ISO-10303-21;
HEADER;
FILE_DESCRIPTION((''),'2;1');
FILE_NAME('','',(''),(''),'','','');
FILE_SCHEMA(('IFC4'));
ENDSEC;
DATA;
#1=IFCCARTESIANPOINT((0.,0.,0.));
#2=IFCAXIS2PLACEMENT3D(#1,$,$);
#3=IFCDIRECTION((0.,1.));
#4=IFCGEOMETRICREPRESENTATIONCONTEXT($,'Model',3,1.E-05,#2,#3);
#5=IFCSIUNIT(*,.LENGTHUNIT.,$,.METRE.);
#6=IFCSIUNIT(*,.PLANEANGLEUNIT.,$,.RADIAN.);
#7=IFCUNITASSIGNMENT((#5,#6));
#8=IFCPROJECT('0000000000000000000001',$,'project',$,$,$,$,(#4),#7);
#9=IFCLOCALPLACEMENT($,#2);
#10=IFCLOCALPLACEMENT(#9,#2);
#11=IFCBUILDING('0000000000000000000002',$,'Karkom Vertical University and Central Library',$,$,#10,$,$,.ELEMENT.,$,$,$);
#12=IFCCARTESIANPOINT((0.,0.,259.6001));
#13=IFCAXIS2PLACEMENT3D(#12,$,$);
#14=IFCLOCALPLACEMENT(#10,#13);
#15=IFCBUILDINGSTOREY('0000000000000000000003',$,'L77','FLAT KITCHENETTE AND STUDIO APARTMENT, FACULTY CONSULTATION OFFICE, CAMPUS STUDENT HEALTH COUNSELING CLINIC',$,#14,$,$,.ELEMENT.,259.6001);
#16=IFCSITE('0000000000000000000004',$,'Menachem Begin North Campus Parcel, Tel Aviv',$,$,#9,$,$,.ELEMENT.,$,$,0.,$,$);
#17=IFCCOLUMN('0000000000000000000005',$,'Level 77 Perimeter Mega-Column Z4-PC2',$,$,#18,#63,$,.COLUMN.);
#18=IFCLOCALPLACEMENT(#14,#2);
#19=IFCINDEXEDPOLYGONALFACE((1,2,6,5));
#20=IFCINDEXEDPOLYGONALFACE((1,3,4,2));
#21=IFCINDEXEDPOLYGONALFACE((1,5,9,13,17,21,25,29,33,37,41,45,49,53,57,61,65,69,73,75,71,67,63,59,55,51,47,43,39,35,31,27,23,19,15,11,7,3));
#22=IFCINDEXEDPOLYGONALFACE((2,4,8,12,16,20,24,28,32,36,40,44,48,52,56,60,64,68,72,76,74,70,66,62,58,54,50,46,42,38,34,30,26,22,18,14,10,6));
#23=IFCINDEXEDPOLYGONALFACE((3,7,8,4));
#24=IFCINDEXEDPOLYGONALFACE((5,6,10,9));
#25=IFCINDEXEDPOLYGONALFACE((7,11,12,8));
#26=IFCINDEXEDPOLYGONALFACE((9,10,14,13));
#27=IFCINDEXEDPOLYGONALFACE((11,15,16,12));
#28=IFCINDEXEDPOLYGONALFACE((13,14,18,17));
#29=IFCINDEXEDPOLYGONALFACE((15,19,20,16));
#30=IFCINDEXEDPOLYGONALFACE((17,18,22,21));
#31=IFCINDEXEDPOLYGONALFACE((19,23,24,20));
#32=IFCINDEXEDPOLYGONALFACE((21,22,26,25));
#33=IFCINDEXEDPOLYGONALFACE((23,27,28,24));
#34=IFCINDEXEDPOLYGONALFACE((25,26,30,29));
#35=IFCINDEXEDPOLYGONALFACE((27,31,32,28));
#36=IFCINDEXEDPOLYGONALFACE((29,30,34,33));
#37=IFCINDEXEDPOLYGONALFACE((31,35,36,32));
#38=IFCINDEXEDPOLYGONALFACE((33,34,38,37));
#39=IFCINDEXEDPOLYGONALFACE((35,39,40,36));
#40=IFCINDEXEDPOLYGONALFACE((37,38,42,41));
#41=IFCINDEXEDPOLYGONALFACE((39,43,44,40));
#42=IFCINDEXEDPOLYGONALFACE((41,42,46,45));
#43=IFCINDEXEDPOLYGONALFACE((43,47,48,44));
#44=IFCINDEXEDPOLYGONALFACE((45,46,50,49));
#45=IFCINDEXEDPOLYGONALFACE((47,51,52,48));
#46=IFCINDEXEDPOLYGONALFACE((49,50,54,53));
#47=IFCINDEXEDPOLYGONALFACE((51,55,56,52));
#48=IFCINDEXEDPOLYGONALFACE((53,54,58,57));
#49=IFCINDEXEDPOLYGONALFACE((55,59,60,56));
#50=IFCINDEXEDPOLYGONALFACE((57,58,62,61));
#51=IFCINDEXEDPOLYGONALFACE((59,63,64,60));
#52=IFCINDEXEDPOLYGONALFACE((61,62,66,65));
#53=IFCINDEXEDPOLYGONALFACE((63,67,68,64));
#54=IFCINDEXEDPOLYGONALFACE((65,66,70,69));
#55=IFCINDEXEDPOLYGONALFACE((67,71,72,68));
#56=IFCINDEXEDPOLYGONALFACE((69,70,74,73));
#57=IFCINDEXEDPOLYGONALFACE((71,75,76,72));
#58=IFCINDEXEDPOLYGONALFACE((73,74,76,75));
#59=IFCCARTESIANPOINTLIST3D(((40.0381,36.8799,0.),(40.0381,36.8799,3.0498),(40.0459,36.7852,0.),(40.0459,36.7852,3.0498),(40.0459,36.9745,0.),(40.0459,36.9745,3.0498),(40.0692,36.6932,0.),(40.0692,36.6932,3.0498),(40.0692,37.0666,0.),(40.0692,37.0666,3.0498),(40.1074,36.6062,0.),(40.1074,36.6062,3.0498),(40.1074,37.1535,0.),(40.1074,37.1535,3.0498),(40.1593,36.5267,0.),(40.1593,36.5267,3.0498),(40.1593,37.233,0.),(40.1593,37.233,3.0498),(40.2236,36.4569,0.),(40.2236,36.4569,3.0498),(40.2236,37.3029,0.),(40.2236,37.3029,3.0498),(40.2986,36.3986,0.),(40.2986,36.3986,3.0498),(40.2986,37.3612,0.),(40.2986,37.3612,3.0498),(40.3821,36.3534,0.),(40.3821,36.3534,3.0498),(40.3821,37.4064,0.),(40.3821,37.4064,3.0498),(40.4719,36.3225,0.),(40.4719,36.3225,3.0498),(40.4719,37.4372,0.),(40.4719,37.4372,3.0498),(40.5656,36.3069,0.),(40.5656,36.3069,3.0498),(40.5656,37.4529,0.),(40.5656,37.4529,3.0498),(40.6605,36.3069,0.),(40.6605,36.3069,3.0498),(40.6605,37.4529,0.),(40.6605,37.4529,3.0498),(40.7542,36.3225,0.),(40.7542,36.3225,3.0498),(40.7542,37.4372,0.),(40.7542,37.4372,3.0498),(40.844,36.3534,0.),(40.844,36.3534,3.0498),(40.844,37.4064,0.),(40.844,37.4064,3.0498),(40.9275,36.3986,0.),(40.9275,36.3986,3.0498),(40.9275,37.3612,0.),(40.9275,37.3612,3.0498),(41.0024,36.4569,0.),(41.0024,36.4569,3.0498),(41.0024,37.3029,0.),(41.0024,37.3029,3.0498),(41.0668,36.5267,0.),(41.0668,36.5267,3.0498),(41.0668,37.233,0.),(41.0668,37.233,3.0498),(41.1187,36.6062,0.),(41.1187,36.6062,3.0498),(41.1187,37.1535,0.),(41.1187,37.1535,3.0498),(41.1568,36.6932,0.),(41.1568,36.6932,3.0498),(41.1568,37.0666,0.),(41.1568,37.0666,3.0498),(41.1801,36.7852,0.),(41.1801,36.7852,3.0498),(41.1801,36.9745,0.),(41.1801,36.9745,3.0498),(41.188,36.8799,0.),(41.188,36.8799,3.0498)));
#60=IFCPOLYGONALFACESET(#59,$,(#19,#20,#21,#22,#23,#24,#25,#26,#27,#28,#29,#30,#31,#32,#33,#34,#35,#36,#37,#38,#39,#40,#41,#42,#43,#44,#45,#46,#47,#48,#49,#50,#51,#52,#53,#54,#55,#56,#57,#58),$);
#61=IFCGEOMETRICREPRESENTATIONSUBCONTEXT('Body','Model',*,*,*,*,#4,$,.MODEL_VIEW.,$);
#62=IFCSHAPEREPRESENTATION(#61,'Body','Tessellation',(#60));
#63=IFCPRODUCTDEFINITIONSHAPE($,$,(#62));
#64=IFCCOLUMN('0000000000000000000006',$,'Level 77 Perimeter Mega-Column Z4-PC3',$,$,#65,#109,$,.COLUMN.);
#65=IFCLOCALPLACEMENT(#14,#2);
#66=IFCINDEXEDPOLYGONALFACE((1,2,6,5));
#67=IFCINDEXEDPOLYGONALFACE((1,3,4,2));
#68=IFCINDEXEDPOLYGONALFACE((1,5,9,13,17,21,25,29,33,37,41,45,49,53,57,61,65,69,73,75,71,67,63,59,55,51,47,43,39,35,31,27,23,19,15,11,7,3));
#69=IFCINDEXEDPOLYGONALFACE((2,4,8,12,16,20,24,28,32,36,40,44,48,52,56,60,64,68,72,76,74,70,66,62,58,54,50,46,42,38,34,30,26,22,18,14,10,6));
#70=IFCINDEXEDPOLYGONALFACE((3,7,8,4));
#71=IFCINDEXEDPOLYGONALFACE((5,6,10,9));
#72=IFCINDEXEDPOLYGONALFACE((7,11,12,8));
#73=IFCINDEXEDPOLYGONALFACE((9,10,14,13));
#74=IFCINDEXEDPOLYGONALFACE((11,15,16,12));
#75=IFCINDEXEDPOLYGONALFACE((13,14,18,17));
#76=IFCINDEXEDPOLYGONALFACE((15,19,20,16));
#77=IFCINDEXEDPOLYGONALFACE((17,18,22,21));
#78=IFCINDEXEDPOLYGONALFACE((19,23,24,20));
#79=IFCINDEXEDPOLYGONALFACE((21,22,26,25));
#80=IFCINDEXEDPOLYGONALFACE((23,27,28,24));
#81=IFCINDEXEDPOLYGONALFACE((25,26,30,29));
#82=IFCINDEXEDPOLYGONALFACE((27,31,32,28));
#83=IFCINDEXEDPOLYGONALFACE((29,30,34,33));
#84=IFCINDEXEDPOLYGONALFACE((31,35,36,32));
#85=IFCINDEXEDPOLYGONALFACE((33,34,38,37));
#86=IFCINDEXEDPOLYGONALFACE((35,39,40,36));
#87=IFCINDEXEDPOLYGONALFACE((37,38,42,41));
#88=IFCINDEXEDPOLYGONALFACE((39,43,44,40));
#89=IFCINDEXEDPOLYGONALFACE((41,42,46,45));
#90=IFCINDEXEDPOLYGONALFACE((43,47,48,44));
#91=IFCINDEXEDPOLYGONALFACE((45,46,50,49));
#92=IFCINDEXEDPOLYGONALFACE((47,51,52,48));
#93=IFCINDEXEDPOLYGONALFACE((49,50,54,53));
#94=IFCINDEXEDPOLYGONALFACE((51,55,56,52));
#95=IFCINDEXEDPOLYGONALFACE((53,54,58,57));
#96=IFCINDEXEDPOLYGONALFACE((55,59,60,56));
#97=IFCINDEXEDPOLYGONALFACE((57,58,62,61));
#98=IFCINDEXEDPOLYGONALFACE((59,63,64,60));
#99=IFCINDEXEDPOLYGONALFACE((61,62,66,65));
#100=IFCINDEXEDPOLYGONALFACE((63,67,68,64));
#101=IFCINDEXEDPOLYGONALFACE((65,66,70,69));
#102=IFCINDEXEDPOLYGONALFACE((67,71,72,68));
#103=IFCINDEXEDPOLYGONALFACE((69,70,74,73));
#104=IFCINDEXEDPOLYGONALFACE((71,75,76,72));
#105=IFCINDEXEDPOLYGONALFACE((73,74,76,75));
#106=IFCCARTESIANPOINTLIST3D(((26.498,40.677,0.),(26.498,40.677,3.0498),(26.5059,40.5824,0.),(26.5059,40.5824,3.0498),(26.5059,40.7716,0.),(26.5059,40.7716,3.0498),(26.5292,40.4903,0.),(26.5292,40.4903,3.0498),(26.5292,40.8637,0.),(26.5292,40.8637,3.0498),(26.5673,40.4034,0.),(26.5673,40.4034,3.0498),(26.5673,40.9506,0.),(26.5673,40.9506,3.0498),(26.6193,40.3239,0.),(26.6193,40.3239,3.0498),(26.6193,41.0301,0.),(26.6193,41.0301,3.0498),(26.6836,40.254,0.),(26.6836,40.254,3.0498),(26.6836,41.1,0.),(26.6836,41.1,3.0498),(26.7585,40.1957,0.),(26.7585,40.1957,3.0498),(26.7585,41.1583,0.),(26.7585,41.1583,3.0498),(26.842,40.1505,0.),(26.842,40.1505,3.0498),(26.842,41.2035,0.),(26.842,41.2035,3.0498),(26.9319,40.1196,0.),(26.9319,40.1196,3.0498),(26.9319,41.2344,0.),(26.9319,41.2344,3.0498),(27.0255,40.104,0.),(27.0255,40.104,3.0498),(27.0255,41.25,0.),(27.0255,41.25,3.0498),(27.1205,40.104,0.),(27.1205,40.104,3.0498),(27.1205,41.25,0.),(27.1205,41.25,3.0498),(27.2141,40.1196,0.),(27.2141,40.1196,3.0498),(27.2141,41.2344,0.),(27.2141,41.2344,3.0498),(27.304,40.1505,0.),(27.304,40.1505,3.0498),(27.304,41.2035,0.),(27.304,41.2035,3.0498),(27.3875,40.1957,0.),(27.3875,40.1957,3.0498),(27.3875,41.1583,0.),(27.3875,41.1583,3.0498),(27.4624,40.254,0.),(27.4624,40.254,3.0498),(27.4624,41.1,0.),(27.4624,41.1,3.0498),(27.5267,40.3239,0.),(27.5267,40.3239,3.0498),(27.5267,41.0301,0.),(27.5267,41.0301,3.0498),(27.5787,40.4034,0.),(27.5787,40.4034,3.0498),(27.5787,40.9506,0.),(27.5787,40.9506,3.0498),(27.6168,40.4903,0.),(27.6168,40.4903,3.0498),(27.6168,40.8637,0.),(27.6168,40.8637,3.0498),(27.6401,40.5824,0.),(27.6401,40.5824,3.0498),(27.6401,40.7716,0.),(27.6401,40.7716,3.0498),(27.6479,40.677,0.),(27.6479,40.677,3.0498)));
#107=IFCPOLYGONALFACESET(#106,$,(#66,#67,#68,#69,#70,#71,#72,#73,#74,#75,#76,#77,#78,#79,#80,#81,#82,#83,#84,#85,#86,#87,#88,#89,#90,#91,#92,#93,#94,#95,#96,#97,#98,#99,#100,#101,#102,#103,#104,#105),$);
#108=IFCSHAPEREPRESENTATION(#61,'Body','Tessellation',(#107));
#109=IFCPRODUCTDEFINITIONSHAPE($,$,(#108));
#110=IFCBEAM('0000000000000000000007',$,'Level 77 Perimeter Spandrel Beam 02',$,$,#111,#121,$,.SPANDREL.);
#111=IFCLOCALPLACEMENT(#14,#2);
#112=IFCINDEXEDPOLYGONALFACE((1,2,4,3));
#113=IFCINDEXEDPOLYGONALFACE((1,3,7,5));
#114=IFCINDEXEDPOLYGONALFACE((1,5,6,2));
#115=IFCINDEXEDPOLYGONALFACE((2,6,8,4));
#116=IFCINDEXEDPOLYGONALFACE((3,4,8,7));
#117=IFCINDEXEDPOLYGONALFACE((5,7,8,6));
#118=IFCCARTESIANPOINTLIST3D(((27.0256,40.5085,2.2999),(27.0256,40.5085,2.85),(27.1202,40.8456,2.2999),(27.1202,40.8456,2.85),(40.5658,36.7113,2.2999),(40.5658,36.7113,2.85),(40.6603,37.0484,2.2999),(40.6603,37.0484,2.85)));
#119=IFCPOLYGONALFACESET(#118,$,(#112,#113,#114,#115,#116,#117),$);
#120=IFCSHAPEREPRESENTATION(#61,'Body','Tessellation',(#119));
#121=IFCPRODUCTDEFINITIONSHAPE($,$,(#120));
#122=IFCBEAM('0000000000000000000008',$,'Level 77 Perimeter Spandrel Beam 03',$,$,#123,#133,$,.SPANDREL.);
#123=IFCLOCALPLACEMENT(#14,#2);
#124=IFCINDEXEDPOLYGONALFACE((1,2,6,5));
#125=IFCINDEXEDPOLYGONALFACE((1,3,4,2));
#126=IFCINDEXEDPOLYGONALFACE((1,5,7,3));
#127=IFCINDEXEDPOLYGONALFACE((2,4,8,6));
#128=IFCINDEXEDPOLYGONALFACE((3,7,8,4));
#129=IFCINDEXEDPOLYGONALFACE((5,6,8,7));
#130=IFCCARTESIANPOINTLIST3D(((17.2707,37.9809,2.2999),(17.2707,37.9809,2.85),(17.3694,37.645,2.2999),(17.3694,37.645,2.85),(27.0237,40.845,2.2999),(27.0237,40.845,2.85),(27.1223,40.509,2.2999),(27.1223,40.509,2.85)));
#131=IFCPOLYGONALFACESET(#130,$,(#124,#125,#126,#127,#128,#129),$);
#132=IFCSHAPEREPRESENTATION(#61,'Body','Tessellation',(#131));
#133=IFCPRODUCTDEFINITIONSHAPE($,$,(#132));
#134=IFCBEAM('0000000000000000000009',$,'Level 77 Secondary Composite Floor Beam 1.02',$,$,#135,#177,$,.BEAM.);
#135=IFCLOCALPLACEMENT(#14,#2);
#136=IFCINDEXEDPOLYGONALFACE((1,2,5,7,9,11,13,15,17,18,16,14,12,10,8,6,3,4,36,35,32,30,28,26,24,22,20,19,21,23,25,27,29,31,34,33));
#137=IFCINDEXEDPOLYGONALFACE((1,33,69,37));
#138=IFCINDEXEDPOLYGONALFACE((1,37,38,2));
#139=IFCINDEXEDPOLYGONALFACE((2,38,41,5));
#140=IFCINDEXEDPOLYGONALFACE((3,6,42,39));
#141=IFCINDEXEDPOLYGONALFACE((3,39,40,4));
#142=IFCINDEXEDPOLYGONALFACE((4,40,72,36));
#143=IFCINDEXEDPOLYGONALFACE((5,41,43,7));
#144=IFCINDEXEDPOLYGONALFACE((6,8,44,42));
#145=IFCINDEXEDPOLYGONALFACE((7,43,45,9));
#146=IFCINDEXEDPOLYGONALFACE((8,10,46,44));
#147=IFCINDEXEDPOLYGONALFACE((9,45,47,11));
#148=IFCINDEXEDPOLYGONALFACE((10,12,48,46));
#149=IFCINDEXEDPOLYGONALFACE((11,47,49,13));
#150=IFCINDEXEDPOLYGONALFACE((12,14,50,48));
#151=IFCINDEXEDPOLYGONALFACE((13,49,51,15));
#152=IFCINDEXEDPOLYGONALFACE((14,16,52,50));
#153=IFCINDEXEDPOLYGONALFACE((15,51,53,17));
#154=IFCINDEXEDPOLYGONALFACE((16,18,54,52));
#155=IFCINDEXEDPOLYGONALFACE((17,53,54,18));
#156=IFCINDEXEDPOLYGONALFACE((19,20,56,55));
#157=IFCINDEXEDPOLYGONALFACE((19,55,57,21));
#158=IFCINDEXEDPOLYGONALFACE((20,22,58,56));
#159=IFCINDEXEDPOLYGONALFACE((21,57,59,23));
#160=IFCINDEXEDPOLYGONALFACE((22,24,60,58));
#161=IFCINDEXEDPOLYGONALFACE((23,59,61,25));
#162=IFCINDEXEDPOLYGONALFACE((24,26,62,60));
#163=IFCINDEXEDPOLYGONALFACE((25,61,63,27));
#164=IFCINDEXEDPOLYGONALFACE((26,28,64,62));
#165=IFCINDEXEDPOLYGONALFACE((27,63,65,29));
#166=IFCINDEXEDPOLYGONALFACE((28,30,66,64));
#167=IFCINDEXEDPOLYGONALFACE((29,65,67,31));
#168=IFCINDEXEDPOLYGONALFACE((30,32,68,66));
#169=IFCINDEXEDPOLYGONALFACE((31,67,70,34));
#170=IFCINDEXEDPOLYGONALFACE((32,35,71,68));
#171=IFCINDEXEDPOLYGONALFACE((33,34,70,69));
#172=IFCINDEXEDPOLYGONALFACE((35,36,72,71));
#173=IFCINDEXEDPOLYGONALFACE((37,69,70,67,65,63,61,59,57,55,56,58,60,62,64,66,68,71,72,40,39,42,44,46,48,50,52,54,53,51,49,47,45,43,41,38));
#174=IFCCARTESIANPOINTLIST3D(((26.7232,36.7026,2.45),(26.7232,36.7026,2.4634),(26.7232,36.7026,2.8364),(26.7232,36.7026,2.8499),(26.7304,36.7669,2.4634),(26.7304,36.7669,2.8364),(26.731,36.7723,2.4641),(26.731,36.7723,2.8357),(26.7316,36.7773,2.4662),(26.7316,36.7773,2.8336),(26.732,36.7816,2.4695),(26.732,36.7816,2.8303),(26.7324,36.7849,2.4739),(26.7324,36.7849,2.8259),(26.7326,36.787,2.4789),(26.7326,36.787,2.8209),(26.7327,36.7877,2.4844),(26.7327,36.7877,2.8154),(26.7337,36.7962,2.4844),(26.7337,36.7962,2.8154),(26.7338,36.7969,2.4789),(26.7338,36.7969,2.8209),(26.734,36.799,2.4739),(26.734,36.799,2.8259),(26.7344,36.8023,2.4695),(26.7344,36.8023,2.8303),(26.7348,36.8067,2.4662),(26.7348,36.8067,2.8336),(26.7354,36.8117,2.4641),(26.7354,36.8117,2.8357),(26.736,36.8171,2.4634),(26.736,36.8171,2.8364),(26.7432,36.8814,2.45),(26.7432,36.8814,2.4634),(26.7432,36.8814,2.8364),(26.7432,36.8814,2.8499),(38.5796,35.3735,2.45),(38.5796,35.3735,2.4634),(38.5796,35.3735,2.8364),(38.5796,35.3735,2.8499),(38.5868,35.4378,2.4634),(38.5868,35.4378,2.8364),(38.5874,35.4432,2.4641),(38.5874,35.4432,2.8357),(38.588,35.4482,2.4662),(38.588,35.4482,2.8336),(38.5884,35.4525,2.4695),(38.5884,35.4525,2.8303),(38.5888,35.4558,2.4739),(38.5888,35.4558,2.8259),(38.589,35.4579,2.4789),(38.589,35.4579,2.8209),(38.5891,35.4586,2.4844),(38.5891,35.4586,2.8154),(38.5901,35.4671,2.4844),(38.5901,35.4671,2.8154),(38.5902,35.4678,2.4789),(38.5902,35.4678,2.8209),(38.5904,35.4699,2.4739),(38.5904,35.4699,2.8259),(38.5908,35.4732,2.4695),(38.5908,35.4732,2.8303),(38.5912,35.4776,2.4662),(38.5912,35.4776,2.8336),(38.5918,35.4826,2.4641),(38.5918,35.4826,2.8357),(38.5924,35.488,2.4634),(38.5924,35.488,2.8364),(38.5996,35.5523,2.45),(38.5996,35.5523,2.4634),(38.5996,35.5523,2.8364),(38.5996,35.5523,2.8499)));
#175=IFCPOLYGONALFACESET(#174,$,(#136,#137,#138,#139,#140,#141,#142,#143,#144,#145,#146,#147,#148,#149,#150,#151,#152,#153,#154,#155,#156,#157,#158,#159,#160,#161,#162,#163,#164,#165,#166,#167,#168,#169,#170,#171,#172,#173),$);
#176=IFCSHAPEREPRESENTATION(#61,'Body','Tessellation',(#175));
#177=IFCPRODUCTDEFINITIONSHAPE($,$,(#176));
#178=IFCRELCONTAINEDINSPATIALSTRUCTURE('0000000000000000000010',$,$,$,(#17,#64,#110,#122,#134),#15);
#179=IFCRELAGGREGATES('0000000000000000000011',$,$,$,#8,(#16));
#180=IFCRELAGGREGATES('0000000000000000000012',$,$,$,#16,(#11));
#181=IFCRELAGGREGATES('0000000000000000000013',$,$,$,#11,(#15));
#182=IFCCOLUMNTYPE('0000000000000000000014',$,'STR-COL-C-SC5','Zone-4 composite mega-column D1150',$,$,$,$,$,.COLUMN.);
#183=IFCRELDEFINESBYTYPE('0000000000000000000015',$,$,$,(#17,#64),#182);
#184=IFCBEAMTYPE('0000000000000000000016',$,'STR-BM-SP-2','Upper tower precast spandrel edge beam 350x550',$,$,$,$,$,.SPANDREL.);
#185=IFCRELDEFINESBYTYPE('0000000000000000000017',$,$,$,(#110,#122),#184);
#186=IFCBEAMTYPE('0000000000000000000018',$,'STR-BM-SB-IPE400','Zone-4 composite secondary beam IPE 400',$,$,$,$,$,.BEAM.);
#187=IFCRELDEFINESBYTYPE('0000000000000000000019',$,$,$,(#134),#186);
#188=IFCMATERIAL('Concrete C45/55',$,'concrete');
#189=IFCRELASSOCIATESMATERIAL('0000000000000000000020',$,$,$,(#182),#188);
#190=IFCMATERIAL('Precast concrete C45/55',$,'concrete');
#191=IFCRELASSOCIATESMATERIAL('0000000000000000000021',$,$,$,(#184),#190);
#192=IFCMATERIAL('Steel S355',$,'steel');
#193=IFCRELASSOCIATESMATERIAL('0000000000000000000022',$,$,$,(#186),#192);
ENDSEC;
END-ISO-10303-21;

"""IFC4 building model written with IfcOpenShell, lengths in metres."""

from ifc_helpers import new_model, si_unit, direction, frame, origin, origin_with_axes, origin_2d, place, context, subcontext, project, spatial, rectangle, circle, i_section, extrude, source, transform, mapped, material, material_profile, profile_set, type_object, element, save


model = new_model("IFC4")

# Units and contexts
model_context = context("Model", 3, precision=1e-05, world=origin(), true_north=direction((0.0, 1.0)))
body_context = subcontext(model_context, "Body", "Model", "MODEL_VIEW")
ifc_project = project(units=[si_unit("LENGTHUNIT", "METRE"), si_unit("PLANEANGLEUNIT", "RADIAN")], contexts=[model_context])

# Site, building, storey
site_placement = place(None, origin())
site = spatial("IfcSite", under=ifc_project, at=site_placement, Name="Menachem Begin North Campus Parcel, Tel Aviv", CompositionType="ELEMENT", RefElevation=0.0)
building_placement = place(site_placement, origin())
building = spatial("IfcBuilding", under=site, at=building_placement, Name="Karkom Vertical University and Central Library", CompositionType="ELEMENT")
storey_placement = place(building_placement, frame((0.0, 0.0, 259.6001)))
storey = spatial("IfcBuildingStorey", under=building, at=storey_placement, Name="L77", Description="FLAT KITCHENETTE AND STUDIO APARTMENT, FACULTY CONSULTATION OFFICE, CAMPUS STUDENT HEALTH COUNSELING CLINIC", CompositionType="ELEMENT", Elevation=259.6001)

# Columns
ifc_material_1 = material(Name="Concrete C45/55", Category="concrete")
ifc_material_profile_1 = material_profile(ifc_material_1, circle(Radius=0.575, at=origin_2d()), Name="CFT-D1150")
ifc_profile_set_1 = profile_set([ifc_material_profile_1], Name="Concrete C45/55")
column_type = type_object("IfcColumnType", Name="STR-COL-C-SC5", Description="Zone-4 composite mega-column D1150", PredefinedType="COLUMN", material=ifc_profile_set_1)
shared_shape_1 = source(origin_with_axes(), body_context, "Body", "SweptSolid", [
    extrude(circle(Radius=0.575, at=origin_2d()), origin(), (0.0, 0.0, 1.0), 3.0498),
])
for number, where, z_axis, x_axis, name in (
    (1, (40.613, 36.8799, 0.0), (0.0, 0.0, 1.0), (1.0, 0.0, 0.0), "Level 77 Perimeter Mega-Column Z4-PC2"),
    (2, (27.073, 40.677, 0.0), (0.0, 0.0, 1.0), (1.0, 0.0, 0.0), "Level 77 Perimeter Mega-Column Z4-PC3"),
):
    element("IfcColumn", number, at=place(storey_placement, frame(where, z_axis=z_axis, x_axis=x_axis)), inside=storey, type_object=column_type, Name=name, PredefinedType="COLUMN", context=body_context, shape_type="MappedRepresentation", body=[
        mapped(shared_shape_1, transform((0.0, 0.0, 0.0), scale=1.0)),
    ])

# Beams
ifc_material_2 = material(Name="Precast concrete C45/55", Category="concrete")
ifc_material_profile_2 = material_profile(ifc_material_2, rectangle(XDim=0.3501, YDim=0.55, at=origin_2d()), Name="SPB-350x550")
ifc_profile_set_2 = profile_set([ifc_material_profile_2], Name="Precast concrete C45/55")
beam_type_1 = type_object("IfcBeamType", Name="STR-BM-SP-2", Description="Upper tower precast spandrel edge beam 350x550", PredefinedType="SPANDREL", material=ifc_profile_set_2)
shared_shape_2 = source(origin_with_axes(), body_context, "Body", "SweptSolid", [
    extrude(rectangle(XDim=0.3501, YDim=0.55, at=origin_2d()), origin(), (0.0, 0.0, 1.0), 14.0625),
])
beam_1_placement = place(storey_placement, frame((40.613, 36.8799, 2.575), z_axis=(-0.962855, 0.27002, 0.0), x_axis=(-0.27002, -0.962855, 0.0)))
element("IfcBeam", 3, at=beam_1_placement, inside=storey, type_object=beam_type_1, Name="Level 77 Perimeter Spandrel Beam 02", PredefinedType="SPANDREL", context=body_context, shape_type="MappedRepresentation", body=[
    mapped(shared_shape_2, transform((0.0, 0.0, 0.0), scale=1.0)),
])
shared_shape_3 = source(origin_with_axes(), body_context, "Body", "SweptSolid", [
    extrude(rectangle(XDim=0.3501, YDim=0.55, at=origin_2d()), origin(), (0.0, 0.0, 1.0), 10.1648),
])
beam_2_placement = place(storey_placement, frame((27.073, 40.677, 2.575), z_axis=(-0.959485, -0.281759, 0.0), x_axis=(0.281759, -0.959485, 0.0)))
element("IfcBeam", 4, at=beam_2_placement, inside=storey, type_object=beam_type_1, Name="Level 77 Perimeter Spandrel Beam 03", PredefinedType="SPANDREL", context=body_context, shape_type="MappedRepresentation", body=[
    mapped(shared_shape_3, transform((0.0, 0.0, 0.0), scale=1.0)),
])
ifc_material_3 = material(Name="Steel S355", Category="steel")
ifc_material_profile_3 = material_profile(ifc_material_3, i_section(OverallWidth=0.1799, OverallDepth=0.3999, WebThickness=0.0085, FlangeThickness=0.0134, FilletRadius=0.021, at=origin_2d()), Name="IPE 400")
ifc_profile_set_3 = profile_set([ifc_material_profile_3], Name="Steel S355")
beam_type_2 = type_object("IfcBeamType", Name="STR-BM-SB-IPE400", Description="Zone-4 composite secondary beam IPE 400", PredefinedType="BEAM", material=ifc_profile_set_3)
shared_shape_4 = source(origin_with_axes(), body_context, "Body", "SweptSolid", [
    extrude(i_section(OverallWidth=0.1799, OverallDepth=0.3999, WebThickness=0.0085, FlangeThickness=0.0134, FilletRadius=0.021, at=origin_2d()), origin(), (0.0, 0.0, 1.0), 11.9307),
])
beam_3_placement = place(storey_placement, frame((38.5896, 35.4629, 2.6499), z_axis=(-0.993775, 0.111402, 0.0), x_axis=(-0.111402, -0.993775, 0.0)))
element("IfcBeam", 5, at=beam_3_placement, inside=storey, type_object=beam_type_2, Name="Level 77 Secondary Composite Floor Beam 1.02", PredefinedType="BEAM", context=body_context, shape_type="MappedRepresentation", body=[
    mapped(shared_shape_4, transform((0.0, 0.0, 0.0), scale=1.0)),
])

save(model, "model.ifc")
